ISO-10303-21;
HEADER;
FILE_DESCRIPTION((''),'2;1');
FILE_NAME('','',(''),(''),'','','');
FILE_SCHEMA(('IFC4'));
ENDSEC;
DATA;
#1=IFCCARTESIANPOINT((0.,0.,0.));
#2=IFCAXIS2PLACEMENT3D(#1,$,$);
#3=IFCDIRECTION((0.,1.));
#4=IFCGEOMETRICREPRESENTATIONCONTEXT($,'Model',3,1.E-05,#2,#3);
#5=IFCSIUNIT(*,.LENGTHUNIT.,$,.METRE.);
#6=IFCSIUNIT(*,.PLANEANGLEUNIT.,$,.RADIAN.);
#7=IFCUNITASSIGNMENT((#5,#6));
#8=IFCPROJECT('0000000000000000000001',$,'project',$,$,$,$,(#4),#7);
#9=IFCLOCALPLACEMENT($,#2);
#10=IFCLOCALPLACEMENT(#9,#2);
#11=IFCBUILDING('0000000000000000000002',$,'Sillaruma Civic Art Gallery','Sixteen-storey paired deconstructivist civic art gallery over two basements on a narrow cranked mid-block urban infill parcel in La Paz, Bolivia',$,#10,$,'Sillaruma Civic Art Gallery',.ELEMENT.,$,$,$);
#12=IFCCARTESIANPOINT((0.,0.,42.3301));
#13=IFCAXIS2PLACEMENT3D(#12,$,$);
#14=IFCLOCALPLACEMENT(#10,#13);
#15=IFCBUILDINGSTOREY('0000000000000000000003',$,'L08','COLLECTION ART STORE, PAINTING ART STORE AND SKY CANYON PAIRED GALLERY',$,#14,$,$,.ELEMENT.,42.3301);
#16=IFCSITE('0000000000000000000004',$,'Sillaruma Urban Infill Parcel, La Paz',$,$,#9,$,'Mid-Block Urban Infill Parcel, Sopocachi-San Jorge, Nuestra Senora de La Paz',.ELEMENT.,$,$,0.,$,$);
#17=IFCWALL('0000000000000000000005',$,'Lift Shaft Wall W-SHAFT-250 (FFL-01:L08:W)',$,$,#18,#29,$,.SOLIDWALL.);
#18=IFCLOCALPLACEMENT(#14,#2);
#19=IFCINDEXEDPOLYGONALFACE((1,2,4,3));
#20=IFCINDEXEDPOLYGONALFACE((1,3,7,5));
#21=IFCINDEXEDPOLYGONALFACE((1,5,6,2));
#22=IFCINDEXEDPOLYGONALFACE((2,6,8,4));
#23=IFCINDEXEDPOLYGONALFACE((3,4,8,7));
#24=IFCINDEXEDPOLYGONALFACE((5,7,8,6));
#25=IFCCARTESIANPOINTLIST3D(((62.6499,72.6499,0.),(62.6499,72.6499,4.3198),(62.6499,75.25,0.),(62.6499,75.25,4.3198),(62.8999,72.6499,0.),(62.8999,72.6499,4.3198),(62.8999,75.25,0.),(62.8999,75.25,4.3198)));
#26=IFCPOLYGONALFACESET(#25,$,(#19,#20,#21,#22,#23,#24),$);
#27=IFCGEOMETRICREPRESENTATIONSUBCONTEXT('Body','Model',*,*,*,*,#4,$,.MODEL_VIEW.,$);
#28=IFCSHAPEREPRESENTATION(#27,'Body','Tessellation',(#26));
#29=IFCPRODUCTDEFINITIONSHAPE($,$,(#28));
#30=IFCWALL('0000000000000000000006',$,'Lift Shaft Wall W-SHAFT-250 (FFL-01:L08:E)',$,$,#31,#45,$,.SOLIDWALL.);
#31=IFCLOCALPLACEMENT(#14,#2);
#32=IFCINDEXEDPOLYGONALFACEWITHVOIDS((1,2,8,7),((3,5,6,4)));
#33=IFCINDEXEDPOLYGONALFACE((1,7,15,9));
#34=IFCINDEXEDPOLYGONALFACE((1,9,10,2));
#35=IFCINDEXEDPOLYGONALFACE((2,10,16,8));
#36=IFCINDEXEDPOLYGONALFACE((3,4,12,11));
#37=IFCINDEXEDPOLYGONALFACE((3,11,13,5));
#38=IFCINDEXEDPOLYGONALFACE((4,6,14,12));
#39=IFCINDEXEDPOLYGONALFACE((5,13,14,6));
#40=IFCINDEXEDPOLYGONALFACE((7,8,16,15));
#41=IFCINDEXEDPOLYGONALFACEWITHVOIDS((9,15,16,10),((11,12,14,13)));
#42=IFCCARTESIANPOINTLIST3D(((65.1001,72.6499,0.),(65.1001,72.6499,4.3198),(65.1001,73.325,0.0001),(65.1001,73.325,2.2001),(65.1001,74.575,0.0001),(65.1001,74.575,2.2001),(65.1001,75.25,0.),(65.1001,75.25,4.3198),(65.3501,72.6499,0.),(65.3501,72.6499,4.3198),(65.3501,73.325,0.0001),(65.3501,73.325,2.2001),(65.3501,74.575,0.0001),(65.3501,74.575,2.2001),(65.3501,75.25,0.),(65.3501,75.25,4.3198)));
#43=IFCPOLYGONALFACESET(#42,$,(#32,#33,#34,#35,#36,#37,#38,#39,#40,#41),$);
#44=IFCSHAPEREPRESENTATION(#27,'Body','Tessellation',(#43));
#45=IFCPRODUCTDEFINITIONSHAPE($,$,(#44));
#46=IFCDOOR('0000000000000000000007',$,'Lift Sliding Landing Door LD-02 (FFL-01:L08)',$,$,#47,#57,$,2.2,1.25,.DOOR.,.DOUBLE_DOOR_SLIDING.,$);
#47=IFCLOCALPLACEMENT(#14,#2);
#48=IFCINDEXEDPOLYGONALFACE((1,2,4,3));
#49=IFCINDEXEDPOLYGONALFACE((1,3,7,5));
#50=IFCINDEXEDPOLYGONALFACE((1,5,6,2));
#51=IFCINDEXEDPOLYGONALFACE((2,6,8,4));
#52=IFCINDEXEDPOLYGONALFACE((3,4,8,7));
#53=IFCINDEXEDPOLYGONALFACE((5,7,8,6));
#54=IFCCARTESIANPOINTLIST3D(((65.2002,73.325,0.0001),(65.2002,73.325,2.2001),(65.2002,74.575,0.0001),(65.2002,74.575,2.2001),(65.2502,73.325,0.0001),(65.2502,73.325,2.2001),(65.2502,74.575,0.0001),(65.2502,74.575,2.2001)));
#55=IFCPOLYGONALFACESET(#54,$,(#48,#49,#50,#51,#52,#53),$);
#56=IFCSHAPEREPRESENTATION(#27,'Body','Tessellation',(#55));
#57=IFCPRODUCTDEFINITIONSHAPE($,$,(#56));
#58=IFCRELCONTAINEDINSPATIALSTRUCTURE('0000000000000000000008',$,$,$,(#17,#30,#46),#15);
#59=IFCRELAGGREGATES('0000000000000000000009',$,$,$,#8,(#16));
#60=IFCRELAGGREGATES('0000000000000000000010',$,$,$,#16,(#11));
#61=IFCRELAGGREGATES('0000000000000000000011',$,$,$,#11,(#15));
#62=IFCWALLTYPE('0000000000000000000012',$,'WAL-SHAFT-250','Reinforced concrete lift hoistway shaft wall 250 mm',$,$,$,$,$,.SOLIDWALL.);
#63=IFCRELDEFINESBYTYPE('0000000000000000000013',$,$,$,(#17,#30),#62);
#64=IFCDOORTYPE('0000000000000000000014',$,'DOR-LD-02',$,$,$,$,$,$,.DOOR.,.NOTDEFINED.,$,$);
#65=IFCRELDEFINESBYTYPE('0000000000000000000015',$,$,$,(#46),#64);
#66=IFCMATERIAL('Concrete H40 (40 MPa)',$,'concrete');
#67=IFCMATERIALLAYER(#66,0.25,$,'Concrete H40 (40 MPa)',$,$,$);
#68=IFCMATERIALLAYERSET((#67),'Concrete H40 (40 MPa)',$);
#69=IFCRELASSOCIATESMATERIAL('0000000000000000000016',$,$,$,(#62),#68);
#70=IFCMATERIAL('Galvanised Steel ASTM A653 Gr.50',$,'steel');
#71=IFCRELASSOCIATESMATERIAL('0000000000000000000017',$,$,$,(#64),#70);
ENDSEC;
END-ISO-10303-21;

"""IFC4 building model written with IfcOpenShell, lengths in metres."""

from ifc_helpers import new_model, si_unit, direction, frame, frame_2d, origin, place, context, subcontext, project, spatial, rectangle, extrude, material, layer, layer_set, type_object, element, fill, save


model = new_model("IFC4")

# Units and contexts
model_context = context("Model", 3, precision=1e-05, world=origin(), true_north=direction((0.0, 1.0)))
body_context = subcontext(model_context, "Body", "Model", "MODEL_VIEW")
ifc_project = project(units=[si_unit("LENGTHUNIT", "METRE"), si_unit("PLANEANGLEUNIT", "RADIAN")], contexts=[model_context])

# Site, building, storey
site_placement = place(None, origin())
site = spatial("IfcSite", under=ifc_project, at=site_placement, Name="Sillaruma Urban Infill Parcel, La Paz", LongName="Mid-Block Urban Infill Parcel, Sopocachi-San Jorge, Nuestra Senora de La Paz", CompositionType="ELEMENT", RefElevation=0.0)
building_placement = place(site_placement, origin())
building = spatial("IfcBuilding", under=site, at=building_placement, Name="Sillaruma Civic Art Gallery", Description="Sixteen-storey paired deconstructivist civic art gallery over two basements on a narrow cranked mid-block urban infill parcel in La Paz, Bolivia", LongName="Sillaruma Civic Art Gallery", CompositionType="ELEMENT")
storey_placement = place(building_placement, frame((0.0, 0.0, 42.3301)))
storey = spatial("IfcBuildingStorey", under=building, at=storey_placement, Name="L08", Description="COLLECTION ART STORE, PAINTING ART STORE AND SKY CANYON PAIRED GALLERY", CompositionType="ELEMENT", Elevation=42.3301)

# Shared definitions
ifc_material_1 = material(Name="Concrete H40 (40 MPa)", Category="concrete")

# Shared definitions
ifc_material_2 = material(Name="Galvanised Steel ASTM A653 Gr.50", Category="steel")

# Wall
ifc_layer_1 = layer(ifc_material_1, 0.25, Name="Concrete H40 (40 MPa)")
ifc_layer_set_1 = layer_set([ifc_layer_1], Name="Concrete H40 (40 MPa)")
wall_type_1 = type_object("IfcWallType", Name="WAL-SHAFT-250", Description="Reinforced concrete lift hoistway shaft wall 250 mm", PredefinedType="SOLIDWALL", material=ifc_layer_set_1)
wall_1_placement = place(storey_placement, frame((62.7749, 72.6499, 0.0), z_axis=(0.0, 0.0, 1.0), x_axis=(0.0, 1.0, 0.0)))
element("IfcWall", 1, at=wall_1_placement, inside=storey, type_object=wall_type_1, Name="Lift Shaft Wall W-SHAFT-250 (FFL-01:L08:W)", PredefinedType="SOLIDWALL", context=body_context, shape_type="SweptSolid", body=[
    extrude(rectangle(XDim=2.6001, YDim=0.25, at=frame_2d((1.3, 0.0))), origin(), (0.0, 0.0, 1.0), 4.3198),
])

# Wall, opening, door
wall_2_placement = place(storey_placement, frame((65.2251, 72.6499, 0.0), z_axis=(0.0, 0.0, 1.0), x_axis=(0.0, 1.0, 0.0)))
wall_2 = element("IfcWall", 2, at=wall_2_placement, inside=storey, type_object=wall_type_1, Name="Lift Shaft Wall W-SHAFT-250 (FFL-01:L08:E)", PredefinedType="SOLIDWALL", context=body_context, shape_type="SweptSolid", body=[
    extrude(rectangle(XDim=2.6001, YDim=0.25, at=frame_2d((1.3, 0.0))), origin(), (0.0, 0.0, 1.0), 4.3198),
])
opening_1_placement = place(wall_2_placement, frame((0.675, 0.0, 0.0)))
opening_1 = element("IfcOpeningElement", 3, at=opening_1_placement, cuts=wall_2, PredefinedType="OPENING", context=body_context, shape_type="SweptSolid", body=[
    extrude(rectangle(XDim=1.25, YDim=2.2, at=frame_2d((0.625, 1.1001))), frame((0.0, 0.135, 0.0), z_axis=(0.0, -1.0, 0.0), x_axis=(1.0, 0.0, 0.0)), (0.0, 0.0, 1.0), 0.27),
])
door_type_1 = type_object("IfcDoorType", Name="DOR-LD-02", OperationType="NOTDEFINED", PredefinedType="DOOR", material=ifc_material_2)
door_1_placement = place(opening_1_placement, origin())
door_1 = element("IfcDoor", 4, at=door_1_placement, inside=storey, type_object=door_type_1, Name="Lift Sliding Landing Door LD-02 (FFL-01:L08)", OperationType="DOUBLE_DOOR_SLIDING", OverallHeight=2.2, OverallWidth=1.25, PredefinedType="DOOR", context=body_context, shape_type="SweptSolid", body=[
    extrude(rectangle(XDim=1.25, YDim=2.2, at=frame_2d((0.625, 1.1001))), frame((0.0, 0.0249, 0.0), z_axis=(0.0, -1.0, 0.0), x_axis=(1.0, 0.0, 0.0)), (0.0, 0.0, 1.0), 0.05),
])
fill(opening_1, door_1)

save(model, "model.ifc")
